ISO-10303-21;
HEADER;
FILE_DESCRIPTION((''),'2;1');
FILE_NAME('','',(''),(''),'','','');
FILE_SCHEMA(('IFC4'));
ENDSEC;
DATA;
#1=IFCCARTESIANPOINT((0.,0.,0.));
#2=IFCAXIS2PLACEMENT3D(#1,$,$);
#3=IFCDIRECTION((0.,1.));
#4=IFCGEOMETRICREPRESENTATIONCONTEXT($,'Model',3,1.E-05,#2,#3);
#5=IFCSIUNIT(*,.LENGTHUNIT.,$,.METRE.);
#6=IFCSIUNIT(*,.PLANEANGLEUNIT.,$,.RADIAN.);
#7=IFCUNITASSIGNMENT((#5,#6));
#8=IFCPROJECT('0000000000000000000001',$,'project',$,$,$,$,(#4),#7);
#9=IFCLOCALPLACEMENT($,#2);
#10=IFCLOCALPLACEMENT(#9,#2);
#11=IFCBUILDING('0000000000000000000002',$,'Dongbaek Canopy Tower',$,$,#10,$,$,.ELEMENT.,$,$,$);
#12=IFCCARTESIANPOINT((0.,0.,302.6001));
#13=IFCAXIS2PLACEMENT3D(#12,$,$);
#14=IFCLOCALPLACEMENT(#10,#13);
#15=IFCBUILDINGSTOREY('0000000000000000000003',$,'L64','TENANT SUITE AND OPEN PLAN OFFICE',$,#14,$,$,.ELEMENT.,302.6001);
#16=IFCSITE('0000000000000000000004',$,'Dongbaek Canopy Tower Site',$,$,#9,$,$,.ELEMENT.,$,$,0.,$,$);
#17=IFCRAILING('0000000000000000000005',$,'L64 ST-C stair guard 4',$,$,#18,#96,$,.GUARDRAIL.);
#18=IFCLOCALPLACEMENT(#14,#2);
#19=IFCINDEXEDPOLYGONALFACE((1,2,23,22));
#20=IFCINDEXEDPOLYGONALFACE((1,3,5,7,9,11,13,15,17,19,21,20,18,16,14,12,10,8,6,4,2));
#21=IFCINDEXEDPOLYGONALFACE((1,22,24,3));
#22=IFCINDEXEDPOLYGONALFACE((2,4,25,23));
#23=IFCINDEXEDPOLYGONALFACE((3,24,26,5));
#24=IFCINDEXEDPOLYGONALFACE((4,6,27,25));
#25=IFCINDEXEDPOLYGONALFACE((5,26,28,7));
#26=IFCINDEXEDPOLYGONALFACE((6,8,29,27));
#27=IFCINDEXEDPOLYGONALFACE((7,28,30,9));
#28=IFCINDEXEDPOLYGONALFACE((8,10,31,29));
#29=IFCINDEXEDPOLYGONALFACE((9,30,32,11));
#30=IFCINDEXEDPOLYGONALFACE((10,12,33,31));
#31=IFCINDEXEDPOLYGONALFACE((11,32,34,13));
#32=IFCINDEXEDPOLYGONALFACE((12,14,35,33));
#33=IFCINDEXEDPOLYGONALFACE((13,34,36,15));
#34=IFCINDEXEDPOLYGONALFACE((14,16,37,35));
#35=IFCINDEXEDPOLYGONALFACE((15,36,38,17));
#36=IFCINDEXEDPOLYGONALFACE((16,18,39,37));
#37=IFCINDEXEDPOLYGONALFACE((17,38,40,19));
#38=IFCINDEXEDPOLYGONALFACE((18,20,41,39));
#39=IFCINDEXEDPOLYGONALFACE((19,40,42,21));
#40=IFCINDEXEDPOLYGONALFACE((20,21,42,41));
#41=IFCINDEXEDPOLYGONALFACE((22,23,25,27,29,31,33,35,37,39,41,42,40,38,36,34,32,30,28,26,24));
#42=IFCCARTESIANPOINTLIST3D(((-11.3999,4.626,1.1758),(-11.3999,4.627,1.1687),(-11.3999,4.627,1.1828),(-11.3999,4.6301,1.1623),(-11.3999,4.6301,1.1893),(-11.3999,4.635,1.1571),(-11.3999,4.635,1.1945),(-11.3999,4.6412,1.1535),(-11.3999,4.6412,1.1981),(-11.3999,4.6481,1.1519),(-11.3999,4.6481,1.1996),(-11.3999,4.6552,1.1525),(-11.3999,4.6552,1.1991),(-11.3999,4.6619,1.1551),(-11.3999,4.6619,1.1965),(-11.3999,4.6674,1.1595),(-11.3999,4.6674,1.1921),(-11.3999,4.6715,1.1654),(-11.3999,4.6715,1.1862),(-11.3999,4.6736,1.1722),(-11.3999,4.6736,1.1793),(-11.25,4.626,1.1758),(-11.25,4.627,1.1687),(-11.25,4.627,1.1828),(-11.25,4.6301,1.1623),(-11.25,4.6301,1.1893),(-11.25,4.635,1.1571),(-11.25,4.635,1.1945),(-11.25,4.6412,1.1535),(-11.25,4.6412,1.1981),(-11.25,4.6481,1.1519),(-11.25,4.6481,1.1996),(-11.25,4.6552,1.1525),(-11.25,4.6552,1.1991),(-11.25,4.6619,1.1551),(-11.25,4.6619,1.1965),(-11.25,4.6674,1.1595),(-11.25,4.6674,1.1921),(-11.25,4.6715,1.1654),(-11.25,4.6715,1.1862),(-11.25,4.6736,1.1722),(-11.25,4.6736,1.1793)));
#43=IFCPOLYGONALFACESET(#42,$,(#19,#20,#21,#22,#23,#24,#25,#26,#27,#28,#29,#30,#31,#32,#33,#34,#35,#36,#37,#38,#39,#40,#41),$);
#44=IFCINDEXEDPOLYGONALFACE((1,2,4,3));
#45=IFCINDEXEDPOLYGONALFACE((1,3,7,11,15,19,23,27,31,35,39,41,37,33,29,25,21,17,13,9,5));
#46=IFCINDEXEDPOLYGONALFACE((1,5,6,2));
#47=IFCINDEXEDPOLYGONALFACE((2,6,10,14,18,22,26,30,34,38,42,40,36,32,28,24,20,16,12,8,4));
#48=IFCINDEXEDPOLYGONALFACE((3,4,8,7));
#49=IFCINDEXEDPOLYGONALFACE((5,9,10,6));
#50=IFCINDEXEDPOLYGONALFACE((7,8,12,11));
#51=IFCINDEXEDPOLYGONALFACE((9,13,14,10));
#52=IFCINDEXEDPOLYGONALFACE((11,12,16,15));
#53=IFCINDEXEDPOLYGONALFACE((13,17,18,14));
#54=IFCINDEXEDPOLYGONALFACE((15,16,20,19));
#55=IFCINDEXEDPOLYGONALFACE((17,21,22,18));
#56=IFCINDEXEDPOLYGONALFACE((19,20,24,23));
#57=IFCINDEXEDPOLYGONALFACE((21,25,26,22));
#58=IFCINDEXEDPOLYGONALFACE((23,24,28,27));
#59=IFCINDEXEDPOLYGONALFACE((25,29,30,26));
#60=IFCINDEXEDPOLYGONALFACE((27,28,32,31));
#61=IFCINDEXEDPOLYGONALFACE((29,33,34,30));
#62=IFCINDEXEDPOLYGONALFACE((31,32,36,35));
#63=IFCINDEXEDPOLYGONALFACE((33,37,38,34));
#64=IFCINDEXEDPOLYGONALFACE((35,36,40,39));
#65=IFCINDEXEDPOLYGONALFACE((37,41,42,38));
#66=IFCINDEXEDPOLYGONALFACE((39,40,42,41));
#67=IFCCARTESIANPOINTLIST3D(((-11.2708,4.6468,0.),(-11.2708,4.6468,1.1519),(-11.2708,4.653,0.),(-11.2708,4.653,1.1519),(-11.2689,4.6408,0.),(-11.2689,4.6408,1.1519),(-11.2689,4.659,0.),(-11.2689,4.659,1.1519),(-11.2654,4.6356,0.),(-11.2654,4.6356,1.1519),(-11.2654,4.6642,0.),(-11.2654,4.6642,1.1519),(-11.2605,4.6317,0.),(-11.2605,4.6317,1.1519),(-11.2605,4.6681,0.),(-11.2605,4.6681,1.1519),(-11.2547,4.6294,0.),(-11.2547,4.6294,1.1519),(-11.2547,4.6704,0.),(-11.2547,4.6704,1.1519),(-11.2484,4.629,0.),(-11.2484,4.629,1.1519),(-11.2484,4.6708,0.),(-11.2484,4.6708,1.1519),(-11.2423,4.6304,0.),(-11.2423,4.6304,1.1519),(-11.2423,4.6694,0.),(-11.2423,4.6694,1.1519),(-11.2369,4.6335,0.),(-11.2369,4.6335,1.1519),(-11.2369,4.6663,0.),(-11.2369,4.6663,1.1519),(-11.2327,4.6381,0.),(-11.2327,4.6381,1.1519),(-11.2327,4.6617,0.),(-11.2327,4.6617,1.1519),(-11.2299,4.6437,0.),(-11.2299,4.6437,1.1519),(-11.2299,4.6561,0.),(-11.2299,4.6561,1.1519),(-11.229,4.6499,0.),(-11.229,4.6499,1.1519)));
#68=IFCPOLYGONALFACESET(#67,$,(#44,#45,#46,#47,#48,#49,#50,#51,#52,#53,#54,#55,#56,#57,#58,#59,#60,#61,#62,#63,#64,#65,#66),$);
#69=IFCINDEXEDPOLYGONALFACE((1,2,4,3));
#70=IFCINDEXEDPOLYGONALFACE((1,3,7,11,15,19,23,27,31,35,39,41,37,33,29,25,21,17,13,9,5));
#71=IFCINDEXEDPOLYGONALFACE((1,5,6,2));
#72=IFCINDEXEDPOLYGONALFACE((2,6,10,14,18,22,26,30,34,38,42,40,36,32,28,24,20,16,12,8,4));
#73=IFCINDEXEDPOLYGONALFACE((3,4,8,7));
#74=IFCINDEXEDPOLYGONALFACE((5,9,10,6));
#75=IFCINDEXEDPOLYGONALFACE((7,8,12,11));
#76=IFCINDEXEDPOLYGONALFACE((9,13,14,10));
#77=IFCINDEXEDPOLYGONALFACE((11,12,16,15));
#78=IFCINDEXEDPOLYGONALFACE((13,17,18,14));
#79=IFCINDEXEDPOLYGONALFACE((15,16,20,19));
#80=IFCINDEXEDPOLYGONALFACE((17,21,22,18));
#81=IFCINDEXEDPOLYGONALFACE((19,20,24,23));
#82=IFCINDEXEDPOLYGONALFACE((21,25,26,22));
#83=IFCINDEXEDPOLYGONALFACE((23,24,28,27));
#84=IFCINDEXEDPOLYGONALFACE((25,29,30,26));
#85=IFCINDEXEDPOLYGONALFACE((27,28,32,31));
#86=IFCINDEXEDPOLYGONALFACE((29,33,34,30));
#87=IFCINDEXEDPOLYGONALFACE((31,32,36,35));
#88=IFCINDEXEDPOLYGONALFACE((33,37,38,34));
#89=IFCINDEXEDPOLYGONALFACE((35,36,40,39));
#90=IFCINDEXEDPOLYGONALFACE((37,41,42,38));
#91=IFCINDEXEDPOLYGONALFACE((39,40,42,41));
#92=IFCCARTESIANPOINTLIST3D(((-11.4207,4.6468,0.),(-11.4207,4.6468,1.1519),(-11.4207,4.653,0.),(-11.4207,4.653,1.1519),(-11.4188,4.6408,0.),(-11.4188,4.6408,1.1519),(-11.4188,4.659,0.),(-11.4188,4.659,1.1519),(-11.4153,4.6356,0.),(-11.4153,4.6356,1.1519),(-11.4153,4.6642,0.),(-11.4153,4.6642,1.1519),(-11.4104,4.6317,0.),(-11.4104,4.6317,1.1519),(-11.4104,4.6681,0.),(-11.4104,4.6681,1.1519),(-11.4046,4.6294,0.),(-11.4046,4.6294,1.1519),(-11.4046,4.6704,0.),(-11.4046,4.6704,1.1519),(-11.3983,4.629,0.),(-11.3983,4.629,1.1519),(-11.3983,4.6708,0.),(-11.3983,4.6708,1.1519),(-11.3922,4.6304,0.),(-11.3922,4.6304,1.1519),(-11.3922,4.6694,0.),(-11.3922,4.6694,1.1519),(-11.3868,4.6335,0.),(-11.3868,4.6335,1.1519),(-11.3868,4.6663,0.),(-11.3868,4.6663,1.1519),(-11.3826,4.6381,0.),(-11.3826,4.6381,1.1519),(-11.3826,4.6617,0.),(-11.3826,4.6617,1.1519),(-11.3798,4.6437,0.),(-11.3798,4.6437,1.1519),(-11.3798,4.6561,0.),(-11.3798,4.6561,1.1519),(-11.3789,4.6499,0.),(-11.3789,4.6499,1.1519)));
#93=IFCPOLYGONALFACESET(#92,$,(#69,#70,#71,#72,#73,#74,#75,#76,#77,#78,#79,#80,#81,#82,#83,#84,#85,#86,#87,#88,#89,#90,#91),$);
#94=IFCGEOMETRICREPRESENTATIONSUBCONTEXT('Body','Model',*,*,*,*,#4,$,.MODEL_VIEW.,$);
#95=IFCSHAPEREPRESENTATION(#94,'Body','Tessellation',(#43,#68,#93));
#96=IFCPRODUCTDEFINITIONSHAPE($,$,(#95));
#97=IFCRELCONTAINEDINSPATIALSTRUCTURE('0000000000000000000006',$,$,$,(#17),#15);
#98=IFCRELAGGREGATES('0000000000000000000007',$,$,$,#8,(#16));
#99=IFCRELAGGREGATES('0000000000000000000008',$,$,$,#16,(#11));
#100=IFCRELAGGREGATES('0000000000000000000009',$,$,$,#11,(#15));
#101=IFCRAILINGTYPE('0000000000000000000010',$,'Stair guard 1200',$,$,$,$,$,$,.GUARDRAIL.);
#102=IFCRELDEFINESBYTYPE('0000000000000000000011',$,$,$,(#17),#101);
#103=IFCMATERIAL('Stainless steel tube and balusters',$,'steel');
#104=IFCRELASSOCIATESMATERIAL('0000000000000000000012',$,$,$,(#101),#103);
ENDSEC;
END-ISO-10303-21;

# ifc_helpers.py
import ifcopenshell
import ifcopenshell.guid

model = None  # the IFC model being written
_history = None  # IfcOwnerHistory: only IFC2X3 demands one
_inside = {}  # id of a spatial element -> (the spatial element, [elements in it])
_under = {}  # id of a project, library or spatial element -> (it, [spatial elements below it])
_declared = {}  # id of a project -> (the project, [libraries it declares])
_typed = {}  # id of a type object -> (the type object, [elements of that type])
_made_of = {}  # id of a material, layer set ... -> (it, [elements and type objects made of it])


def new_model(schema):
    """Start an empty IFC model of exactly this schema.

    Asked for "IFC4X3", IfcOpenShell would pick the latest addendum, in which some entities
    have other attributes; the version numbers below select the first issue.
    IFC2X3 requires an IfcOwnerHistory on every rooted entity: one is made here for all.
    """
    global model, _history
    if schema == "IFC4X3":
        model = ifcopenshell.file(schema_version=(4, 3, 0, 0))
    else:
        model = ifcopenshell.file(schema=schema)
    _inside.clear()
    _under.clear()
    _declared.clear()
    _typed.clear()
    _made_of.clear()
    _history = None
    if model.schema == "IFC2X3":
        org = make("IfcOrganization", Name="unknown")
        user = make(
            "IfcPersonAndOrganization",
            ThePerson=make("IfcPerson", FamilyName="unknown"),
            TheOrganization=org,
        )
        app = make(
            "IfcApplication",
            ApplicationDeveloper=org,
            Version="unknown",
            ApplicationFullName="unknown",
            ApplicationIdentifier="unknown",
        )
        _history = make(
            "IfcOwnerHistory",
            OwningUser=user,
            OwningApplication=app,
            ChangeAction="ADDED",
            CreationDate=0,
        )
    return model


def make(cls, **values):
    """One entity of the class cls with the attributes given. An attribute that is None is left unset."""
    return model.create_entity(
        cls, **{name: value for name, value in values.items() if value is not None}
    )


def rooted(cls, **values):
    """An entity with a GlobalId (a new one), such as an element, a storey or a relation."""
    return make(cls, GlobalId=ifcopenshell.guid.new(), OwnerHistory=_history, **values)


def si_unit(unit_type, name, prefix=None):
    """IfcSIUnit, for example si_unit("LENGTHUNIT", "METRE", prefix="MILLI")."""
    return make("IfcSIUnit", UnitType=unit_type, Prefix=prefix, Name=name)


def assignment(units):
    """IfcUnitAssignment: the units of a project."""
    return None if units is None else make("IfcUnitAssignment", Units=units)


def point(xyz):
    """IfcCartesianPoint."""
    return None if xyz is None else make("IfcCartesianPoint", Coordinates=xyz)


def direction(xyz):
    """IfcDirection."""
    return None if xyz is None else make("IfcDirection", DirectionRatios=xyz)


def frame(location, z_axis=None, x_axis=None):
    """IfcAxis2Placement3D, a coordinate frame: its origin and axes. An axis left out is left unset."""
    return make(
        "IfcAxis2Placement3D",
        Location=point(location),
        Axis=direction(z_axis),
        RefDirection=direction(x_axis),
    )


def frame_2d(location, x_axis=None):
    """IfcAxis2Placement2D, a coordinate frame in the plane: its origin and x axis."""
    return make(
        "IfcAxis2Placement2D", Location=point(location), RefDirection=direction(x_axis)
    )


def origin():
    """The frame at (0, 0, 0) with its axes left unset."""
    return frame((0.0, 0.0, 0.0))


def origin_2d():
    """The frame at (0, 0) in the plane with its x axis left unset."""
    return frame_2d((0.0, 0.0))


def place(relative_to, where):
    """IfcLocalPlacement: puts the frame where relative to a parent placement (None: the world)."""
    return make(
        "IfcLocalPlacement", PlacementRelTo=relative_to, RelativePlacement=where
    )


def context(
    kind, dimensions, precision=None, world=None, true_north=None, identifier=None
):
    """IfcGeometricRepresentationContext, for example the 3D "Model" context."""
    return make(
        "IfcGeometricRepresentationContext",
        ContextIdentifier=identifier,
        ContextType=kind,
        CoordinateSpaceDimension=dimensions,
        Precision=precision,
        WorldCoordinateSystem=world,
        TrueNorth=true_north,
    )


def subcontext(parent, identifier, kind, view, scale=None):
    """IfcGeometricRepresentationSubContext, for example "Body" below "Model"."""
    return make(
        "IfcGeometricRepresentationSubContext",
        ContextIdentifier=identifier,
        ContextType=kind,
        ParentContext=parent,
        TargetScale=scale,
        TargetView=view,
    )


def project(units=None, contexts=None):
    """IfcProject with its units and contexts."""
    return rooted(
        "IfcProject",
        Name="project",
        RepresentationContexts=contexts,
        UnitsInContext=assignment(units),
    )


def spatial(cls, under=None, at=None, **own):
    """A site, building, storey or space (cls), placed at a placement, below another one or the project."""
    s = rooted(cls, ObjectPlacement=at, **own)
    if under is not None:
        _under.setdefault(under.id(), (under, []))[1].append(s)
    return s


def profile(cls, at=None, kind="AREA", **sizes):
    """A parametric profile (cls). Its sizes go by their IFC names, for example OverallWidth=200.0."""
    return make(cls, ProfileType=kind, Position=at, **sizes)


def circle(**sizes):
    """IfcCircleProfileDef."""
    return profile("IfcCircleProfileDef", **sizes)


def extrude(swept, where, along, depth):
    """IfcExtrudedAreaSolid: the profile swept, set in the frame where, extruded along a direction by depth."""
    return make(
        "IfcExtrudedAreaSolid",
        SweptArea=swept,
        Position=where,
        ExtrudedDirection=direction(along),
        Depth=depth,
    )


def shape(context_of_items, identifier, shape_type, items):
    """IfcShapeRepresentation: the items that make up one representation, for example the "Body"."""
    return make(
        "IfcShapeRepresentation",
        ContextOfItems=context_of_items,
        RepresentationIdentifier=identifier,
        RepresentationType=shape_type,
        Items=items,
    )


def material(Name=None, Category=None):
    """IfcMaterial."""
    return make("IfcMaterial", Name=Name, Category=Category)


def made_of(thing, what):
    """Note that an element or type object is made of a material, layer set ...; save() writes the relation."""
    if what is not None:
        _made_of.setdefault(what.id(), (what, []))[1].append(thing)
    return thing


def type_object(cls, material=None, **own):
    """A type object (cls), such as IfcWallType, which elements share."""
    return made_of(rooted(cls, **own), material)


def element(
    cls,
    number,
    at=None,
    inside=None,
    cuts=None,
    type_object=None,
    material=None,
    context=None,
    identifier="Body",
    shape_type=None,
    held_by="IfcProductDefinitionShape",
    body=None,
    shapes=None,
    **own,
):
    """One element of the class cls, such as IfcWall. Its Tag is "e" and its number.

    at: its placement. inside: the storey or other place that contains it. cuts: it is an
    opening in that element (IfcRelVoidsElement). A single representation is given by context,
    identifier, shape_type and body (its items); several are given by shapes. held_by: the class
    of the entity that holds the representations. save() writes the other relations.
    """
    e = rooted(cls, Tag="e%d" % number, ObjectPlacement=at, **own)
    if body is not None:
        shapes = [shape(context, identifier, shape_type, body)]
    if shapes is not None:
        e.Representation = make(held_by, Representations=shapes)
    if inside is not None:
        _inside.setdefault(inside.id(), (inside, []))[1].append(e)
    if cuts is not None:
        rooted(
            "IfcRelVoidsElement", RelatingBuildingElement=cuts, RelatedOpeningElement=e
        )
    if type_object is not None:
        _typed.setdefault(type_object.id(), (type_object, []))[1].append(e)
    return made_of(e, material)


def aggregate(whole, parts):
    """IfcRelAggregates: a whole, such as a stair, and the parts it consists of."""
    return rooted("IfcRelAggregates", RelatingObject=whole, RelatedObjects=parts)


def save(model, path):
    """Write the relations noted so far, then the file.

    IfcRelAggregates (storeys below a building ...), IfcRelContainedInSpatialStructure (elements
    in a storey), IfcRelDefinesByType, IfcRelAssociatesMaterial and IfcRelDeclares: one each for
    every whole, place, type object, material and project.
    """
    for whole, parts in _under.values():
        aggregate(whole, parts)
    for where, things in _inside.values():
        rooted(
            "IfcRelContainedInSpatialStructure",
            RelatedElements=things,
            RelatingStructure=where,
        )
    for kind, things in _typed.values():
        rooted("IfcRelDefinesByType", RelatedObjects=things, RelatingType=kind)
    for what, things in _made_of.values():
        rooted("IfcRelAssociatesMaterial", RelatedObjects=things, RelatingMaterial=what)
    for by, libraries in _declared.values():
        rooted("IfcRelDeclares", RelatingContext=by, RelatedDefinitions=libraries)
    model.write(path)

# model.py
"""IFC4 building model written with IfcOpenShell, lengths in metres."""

from ifc_helpers import new_model, si_unit, direction, frame, origin, origin_2d, place, context, subcontext, project, spatial, circle, extrude, material, type_object, element, save


model = new_model("IFC4")

# Units and contexts
model_context = context("Model", 3, precision=1e-05, world=origin(), true_north=direction((0.0, 1.0)))
body_context = subcontext(model_context, "Body", "Model", "MODEL_VIEW")
ifc_project = project(units=[si_unit("LENGTHUNIT", "METRE"), si_unit("PLANEANGLEUNIT", "RADIAN")], contexts=[model_context])

# Site, building, storey
site_placement = place(None, origin())
site = spatial("IfcSite", under=ifc_project, at=site_placement, Name="Dongbaek Canopy Tower Site", CompositionType="ELEMENT", RefElevation=0.0)
building_placement = place(site_placement, origin())
building = spatial("IfcBuilding", under=site, at=building_placement, Name="Dongbaek Canopy Tower", CompositionType="ELEMENT")
storey_placement = place(building_placement, frame((0.0, 0.0, 302.6001)))
storey = spatial("IfcBuildingStorey", under=building, at=storey_placement, Name="L64", Description="TENANT SUITE AND OPEN PLAN OFFICE", CompositionType="ELEMENT", Elevation=302.6001)

# Railing
ifc_material_1 = material(Name="Stainless steel tube and balusters", Category="steel")
railing_type_1 = type_object("IfcRailingType", Name="Stair guard 1200", PredefinedType="GUARDRAIL", material=ifc_material_1)
railing_1_placement = place(storey_placement, frame((-11.25, 4.6499, 0.0)))
element("IfcRailing", 1, at=railing_1_placement, inside=storey, type_object=railing_type_1, Name="L64 ST-C stair guard 4", PredefinedType="GUARDRAIL", context=body_context, shape_type="SweptSolid", body=[
    extrude(circle(Radius=0.0239, at=origin_2d()), frame((0.0, 0.0, 1.1758), z_axis=(-1.0, 0.0, 0.0), x_axis=(0.0, -1.0, 0.0)), (0.0, 0.0, 1.0), 0.1499),
    extrude(circle(Radius=0.021, at=origin_2d()), origin(), (0.0, 0.0, 1.0), 1.1519),
    extrude(circle(Radius=0.021, at=origin_2d()), frame((-0.1499, 0.0, 0.0)), (0.0, 0.0, 1.0), 1.1519),
])

save(model, "model.ifc")
